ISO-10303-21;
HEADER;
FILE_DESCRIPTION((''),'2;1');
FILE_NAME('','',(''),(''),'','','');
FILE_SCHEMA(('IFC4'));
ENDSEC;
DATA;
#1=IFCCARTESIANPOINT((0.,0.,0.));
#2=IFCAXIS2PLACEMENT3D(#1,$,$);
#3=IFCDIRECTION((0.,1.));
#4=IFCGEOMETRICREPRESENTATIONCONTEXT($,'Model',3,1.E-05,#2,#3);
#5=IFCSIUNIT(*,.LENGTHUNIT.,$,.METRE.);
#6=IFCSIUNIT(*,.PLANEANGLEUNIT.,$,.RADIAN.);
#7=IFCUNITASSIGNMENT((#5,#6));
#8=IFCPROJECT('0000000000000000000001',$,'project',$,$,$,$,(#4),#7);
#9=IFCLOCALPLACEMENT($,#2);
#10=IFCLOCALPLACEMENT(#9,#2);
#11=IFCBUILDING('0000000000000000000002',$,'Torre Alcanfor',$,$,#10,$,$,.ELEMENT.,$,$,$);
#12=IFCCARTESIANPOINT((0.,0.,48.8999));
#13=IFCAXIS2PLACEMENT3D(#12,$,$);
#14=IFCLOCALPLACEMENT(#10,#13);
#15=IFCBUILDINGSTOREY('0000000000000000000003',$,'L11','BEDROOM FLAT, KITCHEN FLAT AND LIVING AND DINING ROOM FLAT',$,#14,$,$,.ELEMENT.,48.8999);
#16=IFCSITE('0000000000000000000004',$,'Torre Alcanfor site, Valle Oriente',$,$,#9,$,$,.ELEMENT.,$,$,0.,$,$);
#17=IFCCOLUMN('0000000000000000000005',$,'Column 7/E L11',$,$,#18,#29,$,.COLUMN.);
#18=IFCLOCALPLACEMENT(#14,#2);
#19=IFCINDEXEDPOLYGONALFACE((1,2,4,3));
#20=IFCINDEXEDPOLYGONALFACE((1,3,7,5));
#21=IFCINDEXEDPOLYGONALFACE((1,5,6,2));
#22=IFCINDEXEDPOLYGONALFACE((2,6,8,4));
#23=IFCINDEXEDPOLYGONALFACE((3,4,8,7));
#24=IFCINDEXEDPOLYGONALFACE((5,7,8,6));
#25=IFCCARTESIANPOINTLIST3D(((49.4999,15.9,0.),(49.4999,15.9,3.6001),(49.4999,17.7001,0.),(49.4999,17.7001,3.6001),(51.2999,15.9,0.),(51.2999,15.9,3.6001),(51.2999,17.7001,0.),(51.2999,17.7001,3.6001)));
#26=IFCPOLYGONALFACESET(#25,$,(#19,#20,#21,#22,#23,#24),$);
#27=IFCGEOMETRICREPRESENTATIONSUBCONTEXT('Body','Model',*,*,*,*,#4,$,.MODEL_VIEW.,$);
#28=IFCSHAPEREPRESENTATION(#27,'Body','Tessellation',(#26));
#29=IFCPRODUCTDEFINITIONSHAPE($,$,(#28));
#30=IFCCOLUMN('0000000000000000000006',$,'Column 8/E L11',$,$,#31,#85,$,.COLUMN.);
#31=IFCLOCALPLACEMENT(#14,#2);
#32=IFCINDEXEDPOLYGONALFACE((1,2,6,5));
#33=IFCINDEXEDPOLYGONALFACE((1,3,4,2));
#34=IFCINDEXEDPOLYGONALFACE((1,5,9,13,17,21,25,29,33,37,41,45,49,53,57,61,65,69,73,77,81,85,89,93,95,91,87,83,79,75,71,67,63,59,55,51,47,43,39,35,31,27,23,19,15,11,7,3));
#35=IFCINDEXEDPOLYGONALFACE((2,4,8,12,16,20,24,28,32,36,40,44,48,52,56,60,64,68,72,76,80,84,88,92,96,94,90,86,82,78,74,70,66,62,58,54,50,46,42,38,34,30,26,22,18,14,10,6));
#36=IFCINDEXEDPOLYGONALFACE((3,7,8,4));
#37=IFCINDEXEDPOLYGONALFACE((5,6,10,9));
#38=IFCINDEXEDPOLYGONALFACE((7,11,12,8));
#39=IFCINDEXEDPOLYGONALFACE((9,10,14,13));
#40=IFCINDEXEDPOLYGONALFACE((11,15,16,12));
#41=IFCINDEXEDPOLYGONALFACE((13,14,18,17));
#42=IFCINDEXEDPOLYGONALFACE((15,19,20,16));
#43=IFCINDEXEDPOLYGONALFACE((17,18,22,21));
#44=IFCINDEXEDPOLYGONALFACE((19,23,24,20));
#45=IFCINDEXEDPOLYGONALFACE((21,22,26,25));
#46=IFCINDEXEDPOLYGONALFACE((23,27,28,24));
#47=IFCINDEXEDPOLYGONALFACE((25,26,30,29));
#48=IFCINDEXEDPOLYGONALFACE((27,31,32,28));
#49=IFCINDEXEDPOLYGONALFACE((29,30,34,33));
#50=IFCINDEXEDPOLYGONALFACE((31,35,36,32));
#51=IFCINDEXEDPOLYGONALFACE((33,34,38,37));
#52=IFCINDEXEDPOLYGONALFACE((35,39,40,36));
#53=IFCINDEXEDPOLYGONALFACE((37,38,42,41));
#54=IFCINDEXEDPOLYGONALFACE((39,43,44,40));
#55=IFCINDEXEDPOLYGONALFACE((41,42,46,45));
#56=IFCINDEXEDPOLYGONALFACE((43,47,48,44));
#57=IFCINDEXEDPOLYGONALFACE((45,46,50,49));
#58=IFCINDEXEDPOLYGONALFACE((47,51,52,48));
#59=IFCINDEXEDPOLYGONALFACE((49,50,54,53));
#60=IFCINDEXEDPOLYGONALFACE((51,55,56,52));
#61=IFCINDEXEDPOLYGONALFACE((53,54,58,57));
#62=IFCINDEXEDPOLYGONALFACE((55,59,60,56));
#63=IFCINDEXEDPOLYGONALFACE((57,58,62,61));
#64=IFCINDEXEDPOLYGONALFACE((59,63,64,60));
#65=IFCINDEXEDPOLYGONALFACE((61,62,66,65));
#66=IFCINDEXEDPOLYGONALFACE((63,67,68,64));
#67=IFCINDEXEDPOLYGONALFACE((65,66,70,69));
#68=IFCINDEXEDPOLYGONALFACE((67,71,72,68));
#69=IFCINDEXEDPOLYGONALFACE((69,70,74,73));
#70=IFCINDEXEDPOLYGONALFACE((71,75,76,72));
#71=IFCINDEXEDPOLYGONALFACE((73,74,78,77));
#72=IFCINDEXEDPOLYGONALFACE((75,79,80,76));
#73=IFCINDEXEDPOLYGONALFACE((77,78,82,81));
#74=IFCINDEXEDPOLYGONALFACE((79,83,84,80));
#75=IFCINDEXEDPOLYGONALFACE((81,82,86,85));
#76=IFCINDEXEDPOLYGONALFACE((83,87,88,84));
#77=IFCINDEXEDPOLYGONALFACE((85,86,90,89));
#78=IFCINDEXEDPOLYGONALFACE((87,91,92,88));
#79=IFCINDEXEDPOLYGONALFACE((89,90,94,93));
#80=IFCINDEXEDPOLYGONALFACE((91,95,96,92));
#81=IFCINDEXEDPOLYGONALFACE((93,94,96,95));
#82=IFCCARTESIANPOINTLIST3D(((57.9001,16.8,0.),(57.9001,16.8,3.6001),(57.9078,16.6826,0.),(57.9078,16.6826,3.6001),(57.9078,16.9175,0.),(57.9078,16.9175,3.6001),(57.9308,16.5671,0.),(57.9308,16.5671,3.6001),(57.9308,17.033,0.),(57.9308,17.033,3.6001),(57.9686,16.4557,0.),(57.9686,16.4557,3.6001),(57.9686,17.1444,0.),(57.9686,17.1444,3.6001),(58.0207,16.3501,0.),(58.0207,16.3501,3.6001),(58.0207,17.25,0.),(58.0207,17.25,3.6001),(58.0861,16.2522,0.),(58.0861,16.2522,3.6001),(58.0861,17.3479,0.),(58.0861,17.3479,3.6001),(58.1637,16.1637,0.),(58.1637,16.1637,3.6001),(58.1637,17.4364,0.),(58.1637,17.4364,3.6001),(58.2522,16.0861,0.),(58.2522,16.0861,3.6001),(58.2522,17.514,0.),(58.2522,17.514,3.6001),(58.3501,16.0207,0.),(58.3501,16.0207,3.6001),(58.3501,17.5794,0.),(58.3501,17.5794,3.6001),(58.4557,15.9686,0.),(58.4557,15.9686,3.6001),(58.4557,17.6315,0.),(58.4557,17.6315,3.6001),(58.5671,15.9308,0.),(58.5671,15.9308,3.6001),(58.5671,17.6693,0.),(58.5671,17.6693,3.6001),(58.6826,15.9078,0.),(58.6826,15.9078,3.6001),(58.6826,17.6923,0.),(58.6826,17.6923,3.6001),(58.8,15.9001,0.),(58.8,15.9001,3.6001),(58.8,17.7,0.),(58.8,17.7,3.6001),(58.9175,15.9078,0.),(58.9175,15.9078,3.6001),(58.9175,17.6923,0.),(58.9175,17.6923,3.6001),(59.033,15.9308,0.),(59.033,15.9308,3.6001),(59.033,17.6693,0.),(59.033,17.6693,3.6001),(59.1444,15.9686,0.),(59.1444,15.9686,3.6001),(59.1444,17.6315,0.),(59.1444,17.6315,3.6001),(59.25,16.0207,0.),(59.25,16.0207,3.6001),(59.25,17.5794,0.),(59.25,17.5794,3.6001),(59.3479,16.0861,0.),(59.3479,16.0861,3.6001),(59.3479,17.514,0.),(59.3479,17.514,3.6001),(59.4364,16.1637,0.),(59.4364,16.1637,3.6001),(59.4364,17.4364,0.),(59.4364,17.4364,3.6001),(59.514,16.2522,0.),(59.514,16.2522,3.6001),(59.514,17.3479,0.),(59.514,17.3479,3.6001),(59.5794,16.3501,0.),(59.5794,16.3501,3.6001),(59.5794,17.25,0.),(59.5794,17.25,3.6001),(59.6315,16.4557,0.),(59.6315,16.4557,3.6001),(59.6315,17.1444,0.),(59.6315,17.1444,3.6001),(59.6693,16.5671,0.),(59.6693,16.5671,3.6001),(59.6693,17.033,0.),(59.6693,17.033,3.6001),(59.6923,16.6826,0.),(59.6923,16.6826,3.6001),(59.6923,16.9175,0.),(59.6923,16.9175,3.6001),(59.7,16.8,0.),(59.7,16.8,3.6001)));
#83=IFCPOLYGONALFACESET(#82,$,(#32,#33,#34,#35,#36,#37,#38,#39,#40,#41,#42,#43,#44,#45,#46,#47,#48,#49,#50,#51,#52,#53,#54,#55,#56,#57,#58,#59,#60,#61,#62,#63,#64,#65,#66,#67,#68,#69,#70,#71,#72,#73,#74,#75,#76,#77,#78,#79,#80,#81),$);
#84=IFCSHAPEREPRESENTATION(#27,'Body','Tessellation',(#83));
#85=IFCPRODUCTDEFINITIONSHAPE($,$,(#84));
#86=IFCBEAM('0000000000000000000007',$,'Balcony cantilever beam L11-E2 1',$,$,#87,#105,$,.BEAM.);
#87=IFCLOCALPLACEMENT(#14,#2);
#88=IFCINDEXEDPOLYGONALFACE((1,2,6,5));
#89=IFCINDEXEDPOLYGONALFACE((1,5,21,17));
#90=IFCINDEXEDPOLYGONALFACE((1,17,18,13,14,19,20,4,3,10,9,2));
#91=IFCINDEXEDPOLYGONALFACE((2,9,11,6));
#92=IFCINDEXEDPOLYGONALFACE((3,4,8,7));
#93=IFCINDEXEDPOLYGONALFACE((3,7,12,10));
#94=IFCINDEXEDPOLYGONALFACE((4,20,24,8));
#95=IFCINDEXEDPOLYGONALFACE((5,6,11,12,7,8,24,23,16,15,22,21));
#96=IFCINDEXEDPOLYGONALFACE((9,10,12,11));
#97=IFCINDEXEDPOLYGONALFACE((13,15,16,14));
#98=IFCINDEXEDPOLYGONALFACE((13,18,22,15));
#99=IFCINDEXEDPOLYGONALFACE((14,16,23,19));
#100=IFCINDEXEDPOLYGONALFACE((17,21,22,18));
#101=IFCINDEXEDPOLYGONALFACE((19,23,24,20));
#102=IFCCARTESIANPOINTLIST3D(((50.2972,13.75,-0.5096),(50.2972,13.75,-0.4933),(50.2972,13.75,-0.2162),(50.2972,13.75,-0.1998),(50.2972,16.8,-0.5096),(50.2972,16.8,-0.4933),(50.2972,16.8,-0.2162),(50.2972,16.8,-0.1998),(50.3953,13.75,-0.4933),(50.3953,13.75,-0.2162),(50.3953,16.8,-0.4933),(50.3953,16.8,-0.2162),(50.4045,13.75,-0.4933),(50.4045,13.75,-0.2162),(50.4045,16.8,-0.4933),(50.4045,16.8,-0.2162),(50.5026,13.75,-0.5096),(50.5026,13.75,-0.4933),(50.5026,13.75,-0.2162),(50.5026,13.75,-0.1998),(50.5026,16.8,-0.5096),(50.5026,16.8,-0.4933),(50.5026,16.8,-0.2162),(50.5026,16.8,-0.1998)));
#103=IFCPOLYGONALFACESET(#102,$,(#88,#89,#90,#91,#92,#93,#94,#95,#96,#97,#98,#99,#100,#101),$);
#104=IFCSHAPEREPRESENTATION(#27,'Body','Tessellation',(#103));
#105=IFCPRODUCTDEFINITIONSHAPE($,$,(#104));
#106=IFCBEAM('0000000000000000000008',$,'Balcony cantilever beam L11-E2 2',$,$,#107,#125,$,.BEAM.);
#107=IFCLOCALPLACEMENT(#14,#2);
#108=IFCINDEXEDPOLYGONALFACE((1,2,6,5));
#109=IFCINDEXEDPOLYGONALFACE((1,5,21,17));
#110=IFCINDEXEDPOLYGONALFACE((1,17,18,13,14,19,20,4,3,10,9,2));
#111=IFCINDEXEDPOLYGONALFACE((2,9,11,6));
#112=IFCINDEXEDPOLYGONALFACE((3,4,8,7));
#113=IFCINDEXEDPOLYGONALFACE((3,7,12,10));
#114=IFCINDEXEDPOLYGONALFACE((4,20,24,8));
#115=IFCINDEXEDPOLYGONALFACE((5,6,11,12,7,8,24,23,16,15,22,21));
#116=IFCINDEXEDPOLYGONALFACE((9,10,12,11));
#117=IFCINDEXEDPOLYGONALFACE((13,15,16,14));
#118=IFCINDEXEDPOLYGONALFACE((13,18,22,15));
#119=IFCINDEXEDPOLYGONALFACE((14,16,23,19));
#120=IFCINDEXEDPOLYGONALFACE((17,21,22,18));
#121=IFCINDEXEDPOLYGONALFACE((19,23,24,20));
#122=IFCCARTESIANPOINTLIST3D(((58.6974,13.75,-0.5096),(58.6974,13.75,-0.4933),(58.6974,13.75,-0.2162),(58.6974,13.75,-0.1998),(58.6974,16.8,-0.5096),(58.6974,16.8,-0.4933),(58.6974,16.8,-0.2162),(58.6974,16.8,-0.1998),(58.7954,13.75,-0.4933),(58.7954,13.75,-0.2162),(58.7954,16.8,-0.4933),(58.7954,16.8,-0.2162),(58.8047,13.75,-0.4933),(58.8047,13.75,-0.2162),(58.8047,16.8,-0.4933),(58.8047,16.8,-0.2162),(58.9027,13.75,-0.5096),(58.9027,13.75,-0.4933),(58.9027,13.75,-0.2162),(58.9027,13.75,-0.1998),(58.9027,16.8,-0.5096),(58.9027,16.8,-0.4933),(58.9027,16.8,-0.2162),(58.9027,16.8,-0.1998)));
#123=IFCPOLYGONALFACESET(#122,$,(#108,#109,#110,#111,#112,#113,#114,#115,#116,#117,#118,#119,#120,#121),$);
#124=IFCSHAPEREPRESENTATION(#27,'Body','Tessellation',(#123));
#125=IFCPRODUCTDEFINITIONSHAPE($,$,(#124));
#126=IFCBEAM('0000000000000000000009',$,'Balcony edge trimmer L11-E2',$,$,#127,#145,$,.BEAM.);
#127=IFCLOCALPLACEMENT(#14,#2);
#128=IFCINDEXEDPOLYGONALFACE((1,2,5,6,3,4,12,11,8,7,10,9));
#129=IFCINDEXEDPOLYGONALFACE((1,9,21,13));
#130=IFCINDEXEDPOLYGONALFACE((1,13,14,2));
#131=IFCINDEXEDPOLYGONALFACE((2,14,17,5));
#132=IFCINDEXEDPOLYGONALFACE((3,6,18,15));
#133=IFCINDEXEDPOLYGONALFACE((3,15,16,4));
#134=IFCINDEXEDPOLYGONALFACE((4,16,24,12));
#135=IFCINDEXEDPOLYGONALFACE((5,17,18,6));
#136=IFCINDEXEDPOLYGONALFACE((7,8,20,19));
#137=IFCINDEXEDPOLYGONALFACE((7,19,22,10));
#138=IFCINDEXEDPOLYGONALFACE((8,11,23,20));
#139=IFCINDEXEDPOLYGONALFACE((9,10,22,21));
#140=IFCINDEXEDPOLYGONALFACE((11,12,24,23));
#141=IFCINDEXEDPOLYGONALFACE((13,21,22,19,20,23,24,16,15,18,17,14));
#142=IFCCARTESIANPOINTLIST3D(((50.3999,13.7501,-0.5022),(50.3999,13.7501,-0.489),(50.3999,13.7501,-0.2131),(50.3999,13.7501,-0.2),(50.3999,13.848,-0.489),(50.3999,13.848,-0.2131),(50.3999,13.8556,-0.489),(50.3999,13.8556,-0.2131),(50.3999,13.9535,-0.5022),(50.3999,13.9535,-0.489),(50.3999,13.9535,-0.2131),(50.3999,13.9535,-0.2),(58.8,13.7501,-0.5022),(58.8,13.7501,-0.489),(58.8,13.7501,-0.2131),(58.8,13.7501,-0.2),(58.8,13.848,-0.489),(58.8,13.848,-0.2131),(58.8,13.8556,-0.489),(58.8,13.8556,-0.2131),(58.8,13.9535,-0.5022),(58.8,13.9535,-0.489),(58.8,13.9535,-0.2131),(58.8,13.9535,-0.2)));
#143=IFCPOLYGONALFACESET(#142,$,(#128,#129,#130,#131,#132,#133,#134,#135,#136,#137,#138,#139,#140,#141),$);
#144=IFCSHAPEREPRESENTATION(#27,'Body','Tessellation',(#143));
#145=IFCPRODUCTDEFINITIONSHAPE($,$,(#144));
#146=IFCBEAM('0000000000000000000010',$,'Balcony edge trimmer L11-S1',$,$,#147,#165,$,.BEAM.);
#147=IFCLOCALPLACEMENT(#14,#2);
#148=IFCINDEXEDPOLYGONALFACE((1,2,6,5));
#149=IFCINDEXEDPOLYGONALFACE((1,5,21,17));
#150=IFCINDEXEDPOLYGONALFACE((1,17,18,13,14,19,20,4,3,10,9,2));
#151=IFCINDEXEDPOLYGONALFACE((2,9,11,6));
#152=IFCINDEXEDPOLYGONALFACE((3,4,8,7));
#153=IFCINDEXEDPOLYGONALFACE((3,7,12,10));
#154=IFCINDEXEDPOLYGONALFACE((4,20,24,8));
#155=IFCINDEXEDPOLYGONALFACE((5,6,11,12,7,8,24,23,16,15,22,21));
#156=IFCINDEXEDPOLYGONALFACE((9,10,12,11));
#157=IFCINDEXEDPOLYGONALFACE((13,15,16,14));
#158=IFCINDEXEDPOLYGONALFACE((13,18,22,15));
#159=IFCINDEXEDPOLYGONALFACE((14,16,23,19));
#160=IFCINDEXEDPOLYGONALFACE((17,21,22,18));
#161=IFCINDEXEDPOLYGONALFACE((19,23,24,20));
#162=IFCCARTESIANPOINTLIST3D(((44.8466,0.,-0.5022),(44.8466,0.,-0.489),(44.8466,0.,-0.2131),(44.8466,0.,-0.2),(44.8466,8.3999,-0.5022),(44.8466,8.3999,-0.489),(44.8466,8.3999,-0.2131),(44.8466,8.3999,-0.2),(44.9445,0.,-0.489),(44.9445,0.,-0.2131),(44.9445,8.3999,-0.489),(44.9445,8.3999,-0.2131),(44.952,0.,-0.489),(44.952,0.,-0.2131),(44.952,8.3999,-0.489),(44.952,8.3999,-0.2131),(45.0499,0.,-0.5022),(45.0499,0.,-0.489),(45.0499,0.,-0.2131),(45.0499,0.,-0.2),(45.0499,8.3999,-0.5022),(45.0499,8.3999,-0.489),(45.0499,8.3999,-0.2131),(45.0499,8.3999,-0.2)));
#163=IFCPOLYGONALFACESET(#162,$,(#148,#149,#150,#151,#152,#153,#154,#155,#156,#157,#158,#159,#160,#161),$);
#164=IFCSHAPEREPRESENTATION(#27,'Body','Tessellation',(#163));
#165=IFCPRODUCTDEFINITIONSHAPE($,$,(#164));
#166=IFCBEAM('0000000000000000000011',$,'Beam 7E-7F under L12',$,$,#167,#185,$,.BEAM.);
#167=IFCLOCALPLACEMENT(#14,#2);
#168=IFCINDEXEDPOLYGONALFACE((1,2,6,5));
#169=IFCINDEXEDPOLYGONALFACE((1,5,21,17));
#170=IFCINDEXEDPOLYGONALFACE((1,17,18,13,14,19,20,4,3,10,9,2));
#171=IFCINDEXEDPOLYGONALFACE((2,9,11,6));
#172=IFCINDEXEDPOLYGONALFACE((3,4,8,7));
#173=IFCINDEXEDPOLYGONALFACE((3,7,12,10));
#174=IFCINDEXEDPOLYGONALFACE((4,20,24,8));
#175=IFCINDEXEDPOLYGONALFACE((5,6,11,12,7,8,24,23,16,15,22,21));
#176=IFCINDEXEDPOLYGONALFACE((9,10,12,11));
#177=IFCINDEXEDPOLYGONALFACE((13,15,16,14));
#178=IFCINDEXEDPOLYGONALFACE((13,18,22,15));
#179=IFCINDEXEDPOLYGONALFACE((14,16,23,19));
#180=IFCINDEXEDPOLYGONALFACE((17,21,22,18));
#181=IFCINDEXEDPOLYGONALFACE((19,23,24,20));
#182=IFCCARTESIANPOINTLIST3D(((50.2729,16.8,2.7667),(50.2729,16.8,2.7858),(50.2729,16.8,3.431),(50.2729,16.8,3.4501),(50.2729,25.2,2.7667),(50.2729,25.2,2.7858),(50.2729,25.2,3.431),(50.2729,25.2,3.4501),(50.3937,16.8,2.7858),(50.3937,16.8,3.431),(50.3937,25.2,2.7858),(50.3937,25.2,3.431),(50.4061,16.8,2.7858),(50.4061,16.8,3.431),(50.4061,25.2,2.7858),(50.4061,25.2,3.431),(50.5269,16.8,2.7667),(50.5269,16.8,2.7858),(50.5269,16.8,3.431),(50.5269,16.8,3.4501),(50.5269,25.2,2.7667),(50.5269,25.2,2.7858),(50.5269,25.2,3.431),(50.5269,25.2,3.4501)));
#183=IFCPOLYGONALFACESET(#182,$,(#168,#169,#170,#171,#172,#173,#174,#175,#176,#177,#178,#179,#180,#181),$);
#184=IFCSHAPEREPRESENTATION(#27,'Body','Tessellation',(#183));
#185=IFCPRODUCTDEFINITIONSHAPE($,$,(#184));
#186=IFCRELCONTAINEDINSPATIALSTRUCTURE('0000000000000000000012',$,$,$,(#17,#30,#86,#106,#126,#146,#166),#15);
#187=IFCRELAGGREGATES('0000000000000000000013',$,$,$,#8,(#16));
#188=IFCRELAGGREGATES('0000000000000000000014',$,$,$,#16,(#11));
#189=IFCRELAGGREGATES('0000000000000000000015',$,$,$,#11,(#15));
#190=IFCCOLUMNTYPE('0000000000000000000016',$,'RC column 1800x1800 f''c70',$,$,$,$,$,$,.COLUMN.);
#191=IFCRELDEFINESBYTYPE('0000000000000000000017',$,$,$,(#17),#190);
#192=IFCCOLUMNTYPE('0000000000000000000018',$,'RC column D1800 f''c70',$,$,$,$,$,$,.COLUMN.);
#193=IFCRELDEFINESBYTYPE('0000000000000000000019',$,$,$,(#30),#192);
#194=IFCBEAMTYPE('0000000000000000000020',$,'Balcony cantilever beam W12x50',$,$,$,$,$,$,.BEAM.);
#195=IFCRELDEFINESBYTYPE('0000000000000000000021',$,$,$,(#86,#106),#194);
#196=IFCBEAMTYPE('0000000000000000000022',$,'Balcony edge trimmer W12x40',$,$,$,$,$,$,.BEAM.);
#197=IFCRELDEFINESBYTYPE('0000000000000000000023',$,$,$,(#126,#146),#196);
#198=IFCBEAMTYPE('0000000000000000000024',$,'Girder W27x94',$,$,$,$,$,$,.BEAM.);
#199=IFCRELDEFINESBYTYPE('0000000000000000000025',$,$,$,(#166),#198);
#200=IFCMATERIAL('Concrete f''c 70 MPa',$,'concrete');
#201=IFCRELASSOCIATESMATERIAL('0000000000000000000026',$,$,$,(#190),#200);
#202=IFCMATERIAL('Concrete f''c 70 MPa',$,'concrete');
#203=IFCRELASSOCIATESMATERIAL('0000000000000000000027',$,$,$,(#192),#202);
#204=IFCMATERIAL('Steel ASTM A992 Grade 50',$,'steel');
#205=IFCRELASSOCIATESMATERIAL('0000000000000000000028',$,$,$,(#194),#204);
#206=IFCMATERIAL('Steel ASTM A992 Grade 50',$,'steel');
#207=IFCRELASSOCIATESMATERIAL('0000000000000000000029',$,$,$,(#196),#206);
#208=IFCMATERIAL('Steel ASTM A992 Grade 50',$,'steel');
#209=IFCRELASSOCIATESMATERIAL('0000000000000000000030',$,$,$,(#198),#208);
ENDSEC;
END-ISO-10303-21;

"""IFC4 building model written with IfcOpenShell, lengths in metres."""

from ifc_helpers import new_model, si_unit, direction, frame, origin, origin_2d, place, context, subcontext, project, spatial, rectangle, circle, i_section, extrude, material, material_profile, profile_set, type_object, element, save


model = new_model("IFC4")

# Units and contexts
model_context = context("Model", 3, precision=1e-05, world=origin(), true_north=direction((0.0, 1.0)))
body_context = subcontext(model_context, "Body", "Model", "MODEL_VIEW")
ifc_project = project(units=[si_unit("LENGTHUNIT", "METRE"), si_unit("PLANEANGLEUNIT", "RADIAN")], contexts=[model_context])

# Site, building, storey
site_placement = place(None, origin())
site = spatial("IfcSite", under=ifc_project, at=site_placement, Name="Torre Alcanfor site, Valle Oriente", CompositionType="ELEMENT", RefElevation=0.0)
building_placement = place(site_placement, origin())
building = spatial("IfcBuilding", under=site, at=building_placement, Name="Torre Alcanfor", CompositionType="ELEMENT")
storey_placement = place(building_placement, frame((0.0, 0.0, 48.8999)))
storey = spatial("IfcBuildingStorey", under=building, at=storey_placement, Name="L11", Description="BEDROOM FLAT, KITCHEN FLAT AND LIVING AND DINING ROOM FLAT", CompositionType="ELEMENT", Elevation=48.8999)

# Columns
ifc_material_1 = material(Name="Concrete f'c 70 MPa", Category="concrete")
ifc_material_profile_1 = material_profile(ifc_material_1, rectangle(XDim=1.8, YDim=1.8, at=origin_2d()), Name="1800x1800")
ifc_profile_set_1 = profile_set([ifc_material_profile_1], Name="Concrete f'c 70 MPa")
column_type_1 = type_object("IfcColumnType", Name="RC column 1800x1800 f'c70", PredefinedType="COLUMN", material=ifc_profile_set_1)
column_1_placement = place(storey_placement, frame((50.3999, 16.8, 0.0), z_axis=(0.0, 0.0, 1.0), x_axis=(1.0, 0.0, 0.0)))
element("IfcColumn", 1, at=column_1_placement, inside=storey, type_object=column_type_1, Name="Column 7/E L11", PredefinedType="COLUMN", context=body_context, shape_type="SweptSolid", body=[
    extrude(rectangle(XDim=1.8, YDim=1.8, at=origin_2d()), origin(), (0.0, 0.0, 1.0), 3.6001),
])
ifc_material_2 = material(Name="Concrete f'c 70 MPa", Category="concrete")
ifc_material_profile_2 = material_profile(ifc_material_2, circle(Radius=0.8999, at=origin_2d()), Name="D1800")
ifc_profile_set_2 = profile_set([ifc_material_profile_2], Name="Concrete f'c 70 MPa")
column_type_2 = type_object("IfcColumnType", Name="RC column D1800 f'c70", PredefinedType="COLUMN", material=ifc_profile_set_2)
column_2_placement = place(storey_placement, frame((58.8, 16.8, 0.0), z_axis=(0.0, 0.0, 1.0), x_axis=(1.0, 0.0, 0.0)))
element("IfcColumn", 2, at=column_2_placement, inside=storey, type_object=column_type_2, Name="Column 8/E L11", PredefinedType="COLUMN", context=body_context, shape_type="SweptSolid", body=[
    extrude(circle(Radius=0.8999, at=origin_2d()), origin(), (0.0, 0.0, 1.0), 3.6001),
])

# Beams
ifc_material_3 = material(Name="Steel ASTM A992 Grade 50", Category="steel")
ifc_material_profile_3 = material_profile(ifc_material_3, i_section(OverallWidth=0.2053, OverallDepth=0.3098, WebThickness=0.0093, FlangeThickness=0.0164, at=origin_2d()), Name="W12x50")
ifc_profile_set_3 = profile_set([ifc_material_profile_3], Name="Steel ASTM A992 Grade 50")
beam_type_1 = type_object("IfcBeamType", Name="Balcony cantilever beam W12x50", PredefinedType="BEAM", material=ifc_profile_set_3)
for number, where, z_axis, x_axis, name in (
    (3, (50.3999, 16.8, -0.3547), (0.0, -1.0, 0.0), (1.0, 0.0, 0.0), "Balcony cantilever beam L11-E2 1"),
    (4, (58.8, 16.8, -0.3547), (0.0, -1.0, 0.0), (1.0, 0.0, 0.0), "Balcony cantilever beam L11-E2 2"),
):
    element("IfcBeam", number, at=place(storey_placement, frame(where, z_axis=z_axis, x_axis=x_axis)), inside=storey, type_object=beam_type_1, Name=name, PredefinedType="BEAM", context=body_context, shape_type="SweptSolid", body=[
        extrude(i_section(OverallWidth=0.2053, OverallDepth=0.3098, WebThickness=0.0093, FlangeThickness=0.0164, at=origin_2d()), origin(), (0.0, 0.0, 1.0), 3.05),
    ])
ifc_material_4 = material(Name="Steel ASTM A992 Grade 50", Category="steel")
ifc_material_profile_4 = material_profile(ifc_material_4, i_section(OverallWidth=0.2034, OverallDepth=0.3022, WebThickness=0.0076, FlangeThickness=0.0132, at=origin_2d()), Name="W12x40")
ifc_profile_set_4 = profile_set([ifc_material_profile_4], Name="Steel ASTM A992 Grade 50")
beam_type_2 = type_object("IfcBeamType", Name="Balcony edge trimmer W12x40", PredefinedType="BEAM", material=ifc_profile_set_4)
beam_1_placement = place(storey_placement, frame((50.3999, 13.8518, -0.3511), z_axis=(1.0, 0.0, 0.0), x_axis=(0.0, 1.0, 0.0)))
element("IfcBeam", 5, at=beam_1_placement, inside=storey, type_object=beam_type_2, Name="Balcony edge trimmer L11-E2", PredefinedType="BEAM", context=body_context, shape_type="SweptSolid", body=[
    extrude(i_section(OverallWidth=0.2034, OverallDepth=0.3022, WebThickness=0.0076, FlangeThickness=0.0132, at=origin_2d()), origin(), (0.0, 0.0, 1.0), 8.4001),
])
beam_2_placement = place(storey_placement, frame((44.9482, 8.3999, -0.3511), z_axis=(0.0, -1.0, 0.0), x_axis=(1.0, 0.0, 0.0)))
element("IfcBeam", 6, at=beam_2_placement, inside=storey, type_object=beam_type_2, Name="Balcony edge trimmer L11-S1", PredefinedType="BEAM", context=body_context, shape_type="SweptSolid", body=[
    extrude(i_section(OverallWidth=0.2034, OverallDepth=0.3022, WebThickness=0.0076, FlangeThickness=0.0132, at=origin_2d()), origin(), (0.0, 0.0, 1.0), 8.3999),
])
ifc_material_5 = material(Name="Steel ASTM A992 Grade 50", Category="steel")
ifc_material_profile_5 = material_profile(ifc_material_5, i_section(OverallWidth=0.2539, OverallDepth=0.6833, WebThickness=0.0125, FlangeThickness=0.019, at=origin_2d()), Name="W27x94")
ifc_profile_set_5 = profile_set([ifc_material_profile_5], Name="Steel ASTM A992 Grade 50")
beam_type_3 = type_object("IfcBeamType", Name="Girder W27x94", PredefinedType="BEAM", material=ifc_profile_set_5)
beam_3_placement = place(storey_placement, frame((50.3999, 16.8, 3.1084), z_axis=(0.0, 1.0, 0.0), x_axis=(-1.0, 0.0, 0.0)))
element("IfcBeam", 7, at=beam_3_placement, inside=storey, type_object=beam_type_3, Name="Beam 7E-7F under L12", PredefinedType="BEAM", context=body_context, shape_type="SweptSolid", body=[
    extrude(i_section(OverallWidth=0.2539, OverallDepth=0.6833, WebThickness=0.0125, FlangeThickness=0.019, at=origin_2d()), origin(), (0.0, 0.0, 1.0), 8.3999),
])

save(model, "model.ifc")
